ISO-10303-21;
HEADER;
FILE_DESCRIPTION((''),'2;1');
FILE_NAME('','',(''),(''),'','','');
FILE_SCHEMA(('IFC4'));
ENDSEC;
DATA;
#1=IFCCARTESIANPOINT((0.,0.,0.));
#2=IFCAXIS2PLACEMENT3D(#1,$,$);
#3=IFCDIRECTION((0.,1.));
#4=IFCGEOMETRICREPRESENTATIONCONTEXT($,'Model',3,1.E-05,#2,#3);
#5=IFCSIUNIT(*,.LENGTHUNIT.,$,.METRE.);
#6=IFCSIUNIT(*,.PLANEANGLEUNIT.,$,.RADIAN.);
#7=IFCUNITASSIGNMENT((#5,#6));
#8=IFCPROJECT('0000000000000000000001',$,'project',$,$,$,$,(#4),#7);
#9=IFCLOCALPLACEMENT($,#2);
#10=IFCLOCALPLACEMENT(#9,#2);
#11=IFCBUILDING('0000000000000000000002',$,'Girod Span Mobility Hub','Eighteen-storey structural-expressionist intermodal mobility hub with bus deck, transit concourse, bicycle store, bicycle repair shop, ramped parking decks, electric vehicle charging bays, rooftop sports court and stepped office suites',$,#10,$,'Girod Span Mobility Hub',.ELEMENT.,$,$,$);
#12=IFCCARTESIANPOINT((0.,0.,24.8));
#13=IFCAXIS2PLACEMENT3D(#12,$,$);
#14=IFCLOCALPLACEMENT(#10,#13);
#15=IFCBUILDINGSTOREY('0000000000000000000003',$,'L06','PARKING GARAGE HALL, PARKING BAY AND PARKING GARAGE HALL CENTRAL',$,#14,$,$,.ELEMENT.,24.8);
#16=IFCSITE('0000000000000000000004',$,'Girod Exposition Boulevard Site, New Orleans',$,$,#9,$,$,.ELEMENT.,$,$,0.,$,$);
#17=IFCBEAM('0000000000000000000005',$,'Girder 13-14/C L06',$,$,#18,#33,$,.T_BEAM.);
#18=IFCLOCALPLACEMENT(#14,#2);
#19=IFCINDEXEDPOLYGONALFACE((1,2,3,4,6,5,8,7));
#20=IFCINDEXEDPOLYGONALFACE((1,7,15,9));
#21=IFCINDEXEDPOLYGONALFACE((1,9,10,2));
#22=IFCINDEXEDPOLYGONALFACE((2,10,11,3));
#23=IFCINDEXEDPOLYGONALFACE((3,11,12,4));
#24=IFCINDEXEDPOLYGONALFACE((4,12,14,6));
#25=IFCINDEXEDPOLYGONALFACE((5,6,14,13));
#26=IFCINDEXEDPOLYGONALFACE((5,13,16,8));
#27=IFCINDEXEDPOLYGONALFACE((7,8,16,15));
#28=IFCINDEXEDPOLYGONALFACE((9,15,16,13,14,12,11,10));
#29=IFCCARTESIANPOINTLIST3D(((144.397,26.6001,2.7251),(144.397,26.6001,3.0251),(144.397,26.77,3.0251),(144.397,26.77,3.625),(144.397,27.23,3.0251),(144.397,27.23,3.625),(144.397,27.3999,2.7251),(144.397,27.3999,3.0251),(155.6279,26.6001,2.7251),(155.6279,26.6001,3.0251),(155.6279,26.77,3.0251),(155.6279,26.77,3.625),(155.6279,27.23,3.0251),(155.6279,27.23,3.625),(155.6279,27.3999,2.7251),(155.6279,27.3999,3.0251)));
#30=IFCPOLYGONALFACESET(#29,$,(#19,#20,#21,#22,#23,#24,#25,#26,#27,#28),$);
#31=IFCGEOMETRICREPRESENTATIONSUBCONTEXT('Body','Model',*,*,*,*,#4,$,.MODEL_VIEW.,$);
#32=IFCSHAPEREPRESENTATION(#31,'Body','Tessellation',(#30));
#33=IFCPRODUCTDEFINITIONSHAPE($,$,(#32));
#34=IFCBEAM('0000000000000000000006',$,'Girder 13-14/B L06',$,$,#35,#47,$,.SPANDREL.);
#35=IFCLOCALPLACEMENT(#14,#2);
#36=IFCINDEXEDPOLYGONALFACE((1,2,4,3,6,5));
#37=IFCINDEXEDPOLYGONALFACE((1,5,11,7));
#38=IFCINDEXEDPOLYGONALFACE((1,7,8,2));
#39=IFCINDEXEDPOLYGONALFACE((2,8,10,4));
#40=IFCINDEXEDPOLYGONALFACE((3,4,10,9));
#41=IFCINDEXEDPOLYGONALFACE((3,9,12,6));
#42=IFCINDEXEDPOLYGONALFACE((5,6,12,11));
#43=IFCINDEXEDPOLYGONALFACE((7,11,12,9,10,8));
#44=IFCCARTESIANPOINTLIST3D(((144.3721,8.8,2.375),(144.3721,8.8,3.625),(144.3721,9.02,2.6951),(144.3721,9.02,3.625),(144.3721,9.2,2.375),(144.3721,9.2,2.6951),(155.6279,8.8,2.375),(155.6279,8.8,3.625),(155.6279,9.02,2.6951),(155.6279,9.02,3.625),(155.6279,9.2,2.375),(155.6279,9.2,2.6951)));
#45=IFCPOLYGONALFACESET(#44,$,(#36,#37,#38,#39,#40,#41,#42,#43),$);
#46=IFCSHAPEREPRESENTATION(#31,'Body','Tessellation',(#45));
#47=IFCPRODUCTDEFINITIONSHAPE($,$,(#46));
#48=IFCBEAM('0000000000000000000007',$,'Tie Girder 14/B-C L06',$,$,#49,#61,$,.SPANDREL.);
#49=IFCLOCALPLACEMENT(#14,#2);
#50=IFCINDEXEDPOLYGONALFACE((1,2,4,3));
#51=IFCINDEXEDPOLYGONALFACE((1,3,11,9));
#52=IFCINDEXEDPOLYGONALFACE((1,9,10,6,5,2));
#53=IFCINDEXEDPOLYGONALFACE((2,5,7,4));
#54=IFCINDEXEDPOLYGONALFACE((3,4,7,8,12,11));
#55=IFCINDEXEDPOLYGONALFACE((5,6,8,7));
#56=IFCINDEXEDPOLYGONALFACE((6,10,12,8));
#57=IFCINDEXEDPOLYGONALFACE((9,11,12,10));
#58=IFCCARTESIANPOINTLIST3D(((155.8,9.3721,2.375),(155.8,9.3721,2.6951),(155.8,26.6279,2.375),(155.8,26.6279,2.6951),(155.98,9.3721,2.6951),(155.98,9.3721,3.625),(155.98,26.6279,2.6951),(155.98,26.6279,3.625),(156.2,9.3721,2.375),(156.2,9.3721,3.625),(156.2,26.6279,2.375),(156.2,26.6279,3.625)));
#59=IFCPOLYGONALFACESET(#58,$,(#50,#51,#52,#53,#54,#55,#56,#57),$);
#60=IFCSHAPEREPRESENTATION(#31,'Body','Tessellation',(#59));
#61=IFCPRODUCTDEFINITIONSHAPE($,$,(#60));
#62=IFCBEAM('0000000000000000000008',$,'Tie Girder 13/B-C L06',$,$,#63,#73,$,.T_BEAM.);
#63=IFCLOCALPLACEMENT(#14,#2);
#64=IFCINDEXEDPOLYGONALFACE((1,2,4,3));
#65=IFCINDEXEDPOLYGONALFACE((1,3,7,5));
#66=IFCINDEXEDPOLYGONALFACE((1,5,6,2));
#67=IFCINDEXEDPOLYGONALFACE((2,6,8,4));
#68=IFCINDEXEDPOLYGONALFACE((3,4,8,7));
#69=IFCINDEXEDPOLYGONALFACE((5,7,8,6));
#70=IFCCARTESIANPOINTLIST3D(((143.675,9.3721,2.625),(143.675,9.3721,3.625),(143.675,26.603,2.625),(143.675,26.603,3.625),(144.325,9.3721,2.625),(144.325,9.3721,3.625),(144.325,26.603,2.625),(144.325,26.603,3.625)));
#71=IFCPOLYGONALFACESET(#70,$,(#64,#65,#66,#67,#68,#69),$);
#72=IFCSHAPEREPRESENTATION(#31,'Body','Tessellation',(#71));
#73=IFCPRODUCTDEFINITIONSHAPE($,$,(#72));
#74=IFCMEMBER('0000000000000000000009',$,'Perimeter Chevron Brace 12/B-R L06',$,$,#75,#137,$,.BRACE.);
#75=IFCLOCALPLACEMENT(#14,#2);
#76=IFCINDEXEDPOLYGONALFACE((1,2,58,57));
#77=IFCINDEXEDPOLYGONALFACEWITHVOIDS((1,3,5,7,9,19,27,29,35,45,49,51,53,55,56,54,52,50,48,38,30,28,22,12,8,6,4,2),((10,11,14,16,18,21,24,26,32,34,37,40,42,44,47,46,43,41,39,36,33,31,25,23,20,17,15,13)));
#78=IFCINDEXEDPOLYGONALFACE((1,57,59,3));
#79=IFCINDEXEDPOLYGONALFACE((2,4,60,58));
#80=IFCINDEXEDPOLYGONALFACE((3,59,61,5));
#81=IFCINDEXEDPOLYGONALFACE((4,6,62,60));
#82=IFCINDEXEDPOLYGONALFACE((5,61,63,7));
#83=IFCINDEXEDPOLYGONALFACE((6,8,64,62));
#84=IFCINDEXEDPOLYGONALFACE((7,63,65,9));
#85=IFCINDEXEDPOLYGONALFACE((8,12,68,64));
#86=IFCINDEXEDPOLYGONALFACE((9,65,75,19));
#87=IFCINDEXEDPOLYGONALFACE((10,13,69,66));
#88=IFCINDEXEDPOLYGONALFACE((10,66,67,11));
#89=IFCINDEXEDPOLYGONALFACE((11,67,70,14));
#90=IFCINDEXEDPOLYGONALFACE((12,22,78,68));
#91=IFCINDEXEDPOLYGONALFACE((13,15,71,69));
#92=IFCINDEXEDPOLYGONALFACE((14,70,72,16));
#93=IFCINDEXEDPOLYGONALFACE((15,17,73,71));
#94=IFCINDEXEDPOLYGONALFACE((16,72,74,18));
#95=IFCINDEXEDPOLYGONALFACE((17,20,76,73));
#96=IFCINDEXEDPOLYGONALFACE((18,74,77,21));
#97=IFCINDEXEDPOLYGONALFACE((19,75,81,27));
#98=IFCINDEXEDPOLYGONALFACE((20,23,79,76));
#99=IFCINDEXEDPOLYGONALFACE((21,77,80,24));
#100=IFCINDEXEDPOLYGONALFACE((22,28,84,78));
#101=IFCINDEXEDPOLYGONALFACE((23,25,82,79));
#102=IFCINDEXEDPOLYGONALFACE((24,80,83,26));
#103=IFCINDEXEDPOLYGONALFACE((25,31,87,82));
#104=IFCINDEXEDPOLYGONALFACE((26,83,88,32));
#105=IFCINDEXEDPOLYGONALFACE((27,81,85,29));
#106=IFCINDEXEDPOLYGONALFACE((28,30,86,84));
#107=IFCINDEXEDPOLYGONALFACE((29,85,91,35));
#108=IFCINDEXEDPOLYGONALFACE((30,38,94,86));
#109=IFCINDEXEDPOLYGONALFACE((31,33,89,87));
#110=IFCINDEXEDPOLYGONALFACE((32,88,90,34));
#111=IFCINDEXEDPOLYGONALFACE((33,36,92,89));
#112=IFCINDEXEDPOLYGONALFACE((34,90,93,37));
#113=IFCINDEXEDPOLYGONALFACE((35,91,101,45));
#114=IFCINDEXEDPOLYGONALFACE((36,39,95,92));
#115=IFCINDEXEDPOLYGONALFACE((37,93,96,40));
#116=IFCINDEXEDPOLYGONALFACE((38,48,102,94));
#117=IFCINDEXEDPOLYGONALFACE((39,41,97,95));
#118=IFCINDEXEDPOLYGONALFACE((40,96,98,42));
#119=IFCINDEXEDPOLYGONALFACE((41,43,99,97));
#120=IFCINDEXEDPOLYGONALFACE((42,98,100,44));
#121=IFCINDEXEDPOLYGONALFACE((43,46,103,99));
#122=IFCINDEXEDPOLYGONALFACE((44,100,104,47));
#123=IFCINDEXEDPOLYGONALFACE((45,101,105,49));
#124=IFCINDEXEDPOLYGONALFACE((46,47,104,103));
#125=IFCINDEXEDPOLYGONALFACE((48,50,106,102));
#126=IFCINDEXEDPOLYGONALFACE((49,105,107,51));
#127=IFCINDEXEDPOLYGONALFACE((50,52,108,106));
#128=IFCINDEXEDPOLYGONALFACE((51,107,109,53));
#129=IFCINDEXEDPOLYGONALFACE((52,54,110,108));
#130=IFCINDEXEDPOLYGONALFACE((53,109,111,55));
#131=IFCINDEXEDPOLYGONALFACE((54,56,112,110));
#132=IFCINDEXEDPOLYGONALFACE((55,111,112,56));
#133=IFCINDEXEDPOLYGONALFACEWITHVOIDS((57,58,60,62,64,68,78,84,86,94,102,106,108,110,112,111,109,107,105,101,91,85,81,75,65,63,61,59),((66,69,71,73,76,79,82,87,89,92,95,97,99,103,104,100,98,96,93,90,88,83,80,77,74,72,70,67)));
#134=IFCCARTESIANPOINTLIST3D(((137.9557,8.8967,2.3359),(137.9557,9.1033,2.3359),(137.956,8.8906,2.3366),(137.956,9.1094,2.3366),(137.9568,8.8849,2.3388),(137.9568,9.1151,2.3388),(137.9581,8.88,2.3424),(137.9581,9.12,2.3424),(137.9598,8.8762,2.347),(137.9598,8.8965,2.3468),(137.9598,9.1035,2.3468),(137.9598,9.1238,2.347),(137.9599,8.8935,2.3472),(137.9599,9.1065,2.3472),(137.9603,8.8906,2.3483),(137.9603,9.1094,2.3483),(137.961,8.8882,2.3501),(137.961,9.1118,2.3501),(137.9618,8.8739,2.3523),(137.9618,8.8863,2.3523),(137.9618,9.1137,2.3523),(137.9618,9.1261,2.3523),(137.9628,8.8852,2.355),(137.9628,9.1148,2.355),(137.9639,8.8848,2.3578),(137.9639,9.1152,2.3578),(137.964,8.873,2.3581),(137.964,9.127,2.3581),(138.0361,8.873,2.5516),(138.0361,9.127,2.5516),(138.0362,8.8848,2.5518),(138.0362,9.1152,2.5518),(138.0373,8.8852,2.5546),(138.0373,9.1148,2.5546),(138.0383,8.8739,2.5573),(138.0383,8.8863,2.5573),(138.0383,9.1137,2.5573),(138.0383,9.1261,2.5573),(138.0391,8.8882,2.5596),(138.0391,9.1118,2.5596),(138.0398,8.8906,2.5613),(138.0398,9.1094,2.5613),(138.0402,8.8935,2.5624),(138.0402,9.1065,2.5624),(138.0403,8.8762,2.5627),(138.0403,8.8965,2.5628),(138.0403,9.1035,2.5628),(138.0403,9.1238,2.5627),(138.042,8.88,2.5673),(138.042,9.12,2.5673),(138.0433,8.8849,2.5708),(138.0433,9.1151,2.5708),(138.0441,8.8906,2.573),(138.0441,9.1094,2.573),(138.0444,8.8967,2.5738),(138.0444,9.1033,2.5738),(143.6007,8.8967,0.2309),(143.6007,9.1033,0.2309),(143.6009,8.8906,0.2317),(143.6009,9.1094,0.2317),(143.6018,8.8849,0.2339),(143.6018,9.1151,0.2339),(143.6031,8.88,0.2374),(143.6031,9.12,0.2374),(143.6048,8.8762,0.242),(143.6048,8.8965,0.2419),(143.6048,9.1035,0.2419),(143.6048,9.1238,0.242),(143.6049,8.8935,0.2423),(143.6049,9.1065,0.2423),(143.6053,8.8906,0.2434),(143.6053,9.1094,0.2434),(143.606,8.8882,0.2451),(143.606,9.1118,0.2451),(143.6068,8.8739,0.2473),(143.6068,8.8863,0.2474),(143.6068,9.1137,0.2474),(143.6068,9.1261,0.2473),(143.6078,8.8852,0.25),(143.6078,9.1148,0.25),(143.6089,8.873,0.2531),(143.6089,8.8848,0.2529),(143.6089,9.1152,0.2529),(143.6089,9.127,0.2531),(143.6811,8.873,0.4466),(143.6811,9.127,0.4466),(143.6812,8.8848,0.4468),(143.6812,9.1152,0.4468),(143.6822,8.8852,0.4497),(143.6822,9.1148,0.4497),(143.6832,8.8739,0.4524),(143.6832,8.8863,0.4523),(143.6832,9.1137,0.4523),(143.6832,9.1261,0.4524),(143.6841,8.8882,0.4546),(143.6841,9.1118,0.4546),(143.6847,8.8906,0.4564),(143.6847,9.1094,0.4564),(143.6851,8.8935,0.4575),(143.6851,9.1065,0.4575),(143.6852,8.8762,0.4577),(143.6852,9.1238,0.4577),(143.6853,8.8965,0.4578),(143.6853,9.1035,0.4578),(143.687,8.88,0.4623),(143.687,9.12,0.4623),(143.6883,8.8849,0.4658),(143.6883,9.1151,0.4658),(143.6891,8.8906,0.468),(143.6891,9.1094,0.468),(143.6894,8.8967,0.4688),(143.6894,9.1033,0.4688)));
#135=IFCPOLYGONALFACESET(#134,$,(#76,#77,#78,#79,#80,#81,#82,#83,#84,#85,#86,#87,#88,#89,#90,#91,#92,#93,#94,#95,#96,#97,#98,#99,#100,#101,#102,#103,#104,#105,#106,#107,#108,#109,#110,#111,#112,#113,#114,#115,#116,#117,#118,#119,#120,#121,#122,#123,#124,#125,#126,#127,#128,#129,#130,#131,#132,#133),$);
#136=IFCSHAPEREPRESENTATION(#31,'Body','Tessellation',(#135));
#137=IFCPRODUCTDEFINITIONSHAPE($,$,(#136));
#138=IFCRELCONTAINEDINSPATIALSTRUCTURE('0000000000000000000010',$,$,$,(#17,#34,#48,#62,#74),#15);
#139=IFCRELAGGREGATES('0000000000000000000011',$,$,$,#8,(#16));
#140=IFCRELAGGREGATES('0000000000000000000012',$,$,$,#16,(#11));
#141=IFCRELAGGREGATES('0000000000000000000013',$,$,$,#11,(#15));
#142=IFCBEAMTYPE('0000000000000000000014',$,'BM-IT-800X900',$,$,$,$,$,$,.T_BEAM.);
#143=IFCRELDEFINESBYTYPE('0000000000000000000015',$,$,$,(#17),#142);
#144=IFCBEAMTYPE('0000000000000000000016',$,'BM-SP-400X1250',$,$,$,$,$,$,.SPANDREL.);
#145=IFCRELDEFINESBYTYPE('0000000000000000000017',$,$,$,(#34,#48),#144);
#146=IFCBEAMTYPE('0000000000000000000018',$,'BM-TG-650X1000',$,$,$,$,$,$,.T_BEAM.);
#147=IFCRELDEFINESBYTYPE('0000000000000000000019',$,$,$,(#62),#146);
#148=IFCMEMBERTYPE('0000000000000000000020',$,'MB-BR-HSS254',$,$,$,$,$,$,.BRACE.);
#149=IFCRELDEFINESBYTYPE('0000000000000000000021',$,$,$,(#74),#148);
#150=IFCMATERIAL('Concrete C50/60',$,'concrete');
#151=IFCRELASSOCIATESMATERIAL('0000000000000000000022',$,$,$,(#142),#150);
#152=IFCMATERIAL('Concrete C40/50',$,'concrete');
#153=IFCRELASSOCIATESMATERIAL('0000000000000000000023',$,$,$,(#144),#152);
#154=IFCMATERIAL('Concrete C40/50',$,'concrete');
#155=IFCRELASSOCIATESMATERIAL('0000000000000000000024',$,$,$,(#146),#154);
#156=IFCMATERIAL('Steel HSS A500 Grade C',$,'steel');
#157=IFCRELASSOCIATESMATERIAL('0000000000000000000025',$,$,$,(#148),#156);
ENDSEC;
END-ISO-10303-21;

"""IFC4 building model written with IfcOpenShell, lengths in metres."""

from ifc_helpers import new_model, si_unit, direction, frame, origin, origin_2d, place, context, subcontext, project, spatial, polyline, rectangle, hollow_rectangle, outline, extrude, material, material_profile, profile_set, type_object, element, save


model = new_model("IFC4")

# Units and contexts
model_context = context("Model", 3, precision=1e-05, world=origin(), true_north=direction((0.0, 1.0)))
body_context = subcontext(model_context, "Body", "Model", "MODEL_VIEW")
ifc_project = project(units=[si_unit("LENGTHUNIT", "METRE"), si_unit("PLANEANGLEUNIT", "RADIAN")], contexts=[model_context])

# Site, building, storey
site_placement = place(None, origin())
site = spatial("IfcSite", under=ifc_project, at=site_placement, Name="Girod Exposition Boulevard Site, New Orleans", CompositionType="ELEMENT", RefElevation=0.0)
building_placement = place(site_placement, origin())
building = spatial("IfcBuilding", under=site, at=building_placement, Name="Girod Span Mobility Hub", Description="Eighteen-storey structural-expressionist intermodal mobility hub with bus deck, transit concourse, bicycle store, bicycle repair shop, ramped parking decks, electric vehicle charging bays, rooftop sports court and stepped office suites", LongName="Girod Span Mobility Hub", CompositionType="ELEMENT")
storey_placement = place(building_placement, frame((0.0, 0.0, 24.8)))
storey = spatial("IfcBuildingStorey", under=building, at=storey_placement, Name="L06", Description="PARKING GARAGE HALL, PARKING BAY AND PARKING GARAGE HALL CENTRAL", CompositionType="ELEMENT", Elevation=24.8)

# Beams
ifc_material_1 = material(Name="Concrete C50/60", Category="concrete")
ifc_material_profile_1 = material_profile(ifc_material_1, outline(polyline([(-0.3999, -0.45), (0.3999, -0.45), (0.3999, -0.1499), (0.23, -0.1499), (0.23, 0.45), (-0.23, 0.45), (-0.23, -0.1499), (-0.3999, -0.1499), (-0.3999, -0.45)])), Name="IT-800X900")
ifc_profile_set_1 = profile_set([ifc_material_profile_1], Name="Concrete C50/60")
beam_type_1 = type_object("IfcBeamType", Name="BM-IT-800X900", PredefinedType="T_BEAM", material=ifc_profile_set_1)
beam_1_placement = place(storey_placement, frame((144.397, 27.0, 3.175), z_axis=(1.0, 0.0, 0.0), x_axis=(0.0, 1.0, 0.0)))
element("IfcBeam", 1, at=beam_1_placement, inside=storey, type_object=beam_type_1, Name="Girder 13-14/C L06", PredefinedType="T_BEAM", context=body_context, shape_type="SweptSolid", body=[
    extrude(outline(polyline([(-0.3999, -0.45), (0.3999, -0.45), (0.3999, -0.1499), (0.23, -0.1499), (0.23, 0.45), (-0.23, 0.45), (-0.23, -0.1499), (-0.3999, -0.1499), (-0.3999, -0.45)])), origin(), (0.0, 0.0, 1.0), 11.231),
])
ifc_material_2 = material(Name="Concrete C40/50", Category="concrete")
ifc_material_profile_2 = material_profile(ifc_material_2, outline(polyline([(-0.2, -0.625), (0.2, -0.625), (0.2, -0.3049), (0.02, -0.3049), (0.02, 0.625), (-0.2, 0.625), (-0.2, -0.625)])), Name="SP-400X1250")
ifc_profile_set_2 = profile_set([ifc_material_profile_2], Name="Concrete C40/50")
beam_type_2 = type_object("IfcBeamType", Name="BM-SP-400X1250", PredefinedType="SPANDREL", material=ifc_profile_set_2)
beam_2_placement = place(storey_placement, frame((144.3721, 9.0, 3.0), z_axis=(1.0, 0.0, 0.0), x_axis=(0.0, 1.0, 0.0)))
element("IfcBeam", 2, at=beam_2_placement, inside=storey, type_object=beam_type_2, Name="Girder 13-14/B L06", PredefinedType="SPANDREL", context=body_context, shape_type="SweptSolid", body=[
    extrude(outline(polyline([(-0.2, -0.625), (0.2, -0.625), (0.2, -0.3049), (0.02, -0.3049), (0.02, 0.625), (-0.2, 0.625), (-0.2, -0.625)])), origin(), (0.0, 0.0, 1.0), 11.2559),
])
beam_3_placement = place(storey_placement, frame((156.0, 9.3721, 3.0), z_axis=(0.0, 1.0, 0.0), x_axis=(-1.0, 0.0, 0.0)))
element("IfcBeam", 3, at=beam_3_placement, inside=storey, type_object=beam_type_2, Name="Tie Girder 14/B-C L06", PredefinedType="SPANDREL", context=body_context, shape_type="SweptSolid", body=[
    extrude(outline(polyline([(-0.2, -0.625), (0.2, -0.625), (0.2, -0.3049), (0.02, -0.3049), (0.02, 0.625), (-0.2, 0.625), (-0.2, -0.625)])), origin(), (0.0, 0.0, 1.0), 17.2559),
])
ifc_material_3 = material(Name="Concrete C40/50", Category="concrete")
ifc_material_profile_3 = material_profile(ifc_material_3, rectangle(XDim=0.6499, YDim=1.0, at=origin_2d()), Name="TG-650X1000")
ifc_profile_set_3 = profile_set([ifc_material_profile_3], Name="Concrete C40/50")
beam_type_3 = type_object("IfcBeamType", Name="BM-TG-650X1000", PredefinedType="T_BEAM", material=ifc_profile_set_3)
beam_4_placement = place(storey_placement, frame((144.0, 9.3721, 3.125), z_axis=(0.0, 1.0, 0.0), x_axis=(-1.0, 0.0, 0.0)))
element("IfcBeam", 4, at=beam_4_placement, inside=storey, type_object=beam_type_3, Name="Tie Girder 13/B-C L06", PredefinedType="T_BEAM", context=body_context, shape_type="SweptSolid", body=[
    extrude(rectangle(XDim=0.6499, YDim=1.0, at=origin_2d()), origin(), (0.0, 0.0, 1.0), 17.231),
])

# Member
ifc_material_4 = material(Name="Steel HSS A500 Grade C", Category="steel")
ifc_material_profile_4 = material_profile(ifc_material_4, hollow_rectangle(XDim=0.2539, YDim=0.2539, WallThickness=0.0117, InnerFilletRadius=0.0117, OuterFilletRadius=0.0237, at=origin_2d()), Name="HSS254X254X12.7")
ifc_profile_set_4 = profile_set([ifc_material_profile_4], Name="Steel HSS A500 Grade C")
member_type = type_object("IfcMemberType", Name="MB-BR-HSS254", PredefinedType="BRACE", material=ifc_profile_set_4)
member_placement = place(storey_placement, frame((143.645, 9.0, 0.3499), z_axis=(-0.936977, 0.0, 0.349391), x_axis=(0.0, -1.0, 0.0)))
element("IfcMember", 5, at=member_placement, inside=storey, type_object=member_type, Name="Perimeter Chevron Brace 12/B-R L06", PredefinedType="BRACE", context=body_context, shape_type="SweptSolid", body=[
    extrude(hollow_rectangle(XDim=0.2539, YDim=0.2539, WallThickness=0.0117, InnerFilletRadius=0.0117, OuterFilletRadius=0.0237, at=origin_2d()), origin(), (0.0, 0.0, 1.0), 6.0247),
])

save(model, "model.ifc")
